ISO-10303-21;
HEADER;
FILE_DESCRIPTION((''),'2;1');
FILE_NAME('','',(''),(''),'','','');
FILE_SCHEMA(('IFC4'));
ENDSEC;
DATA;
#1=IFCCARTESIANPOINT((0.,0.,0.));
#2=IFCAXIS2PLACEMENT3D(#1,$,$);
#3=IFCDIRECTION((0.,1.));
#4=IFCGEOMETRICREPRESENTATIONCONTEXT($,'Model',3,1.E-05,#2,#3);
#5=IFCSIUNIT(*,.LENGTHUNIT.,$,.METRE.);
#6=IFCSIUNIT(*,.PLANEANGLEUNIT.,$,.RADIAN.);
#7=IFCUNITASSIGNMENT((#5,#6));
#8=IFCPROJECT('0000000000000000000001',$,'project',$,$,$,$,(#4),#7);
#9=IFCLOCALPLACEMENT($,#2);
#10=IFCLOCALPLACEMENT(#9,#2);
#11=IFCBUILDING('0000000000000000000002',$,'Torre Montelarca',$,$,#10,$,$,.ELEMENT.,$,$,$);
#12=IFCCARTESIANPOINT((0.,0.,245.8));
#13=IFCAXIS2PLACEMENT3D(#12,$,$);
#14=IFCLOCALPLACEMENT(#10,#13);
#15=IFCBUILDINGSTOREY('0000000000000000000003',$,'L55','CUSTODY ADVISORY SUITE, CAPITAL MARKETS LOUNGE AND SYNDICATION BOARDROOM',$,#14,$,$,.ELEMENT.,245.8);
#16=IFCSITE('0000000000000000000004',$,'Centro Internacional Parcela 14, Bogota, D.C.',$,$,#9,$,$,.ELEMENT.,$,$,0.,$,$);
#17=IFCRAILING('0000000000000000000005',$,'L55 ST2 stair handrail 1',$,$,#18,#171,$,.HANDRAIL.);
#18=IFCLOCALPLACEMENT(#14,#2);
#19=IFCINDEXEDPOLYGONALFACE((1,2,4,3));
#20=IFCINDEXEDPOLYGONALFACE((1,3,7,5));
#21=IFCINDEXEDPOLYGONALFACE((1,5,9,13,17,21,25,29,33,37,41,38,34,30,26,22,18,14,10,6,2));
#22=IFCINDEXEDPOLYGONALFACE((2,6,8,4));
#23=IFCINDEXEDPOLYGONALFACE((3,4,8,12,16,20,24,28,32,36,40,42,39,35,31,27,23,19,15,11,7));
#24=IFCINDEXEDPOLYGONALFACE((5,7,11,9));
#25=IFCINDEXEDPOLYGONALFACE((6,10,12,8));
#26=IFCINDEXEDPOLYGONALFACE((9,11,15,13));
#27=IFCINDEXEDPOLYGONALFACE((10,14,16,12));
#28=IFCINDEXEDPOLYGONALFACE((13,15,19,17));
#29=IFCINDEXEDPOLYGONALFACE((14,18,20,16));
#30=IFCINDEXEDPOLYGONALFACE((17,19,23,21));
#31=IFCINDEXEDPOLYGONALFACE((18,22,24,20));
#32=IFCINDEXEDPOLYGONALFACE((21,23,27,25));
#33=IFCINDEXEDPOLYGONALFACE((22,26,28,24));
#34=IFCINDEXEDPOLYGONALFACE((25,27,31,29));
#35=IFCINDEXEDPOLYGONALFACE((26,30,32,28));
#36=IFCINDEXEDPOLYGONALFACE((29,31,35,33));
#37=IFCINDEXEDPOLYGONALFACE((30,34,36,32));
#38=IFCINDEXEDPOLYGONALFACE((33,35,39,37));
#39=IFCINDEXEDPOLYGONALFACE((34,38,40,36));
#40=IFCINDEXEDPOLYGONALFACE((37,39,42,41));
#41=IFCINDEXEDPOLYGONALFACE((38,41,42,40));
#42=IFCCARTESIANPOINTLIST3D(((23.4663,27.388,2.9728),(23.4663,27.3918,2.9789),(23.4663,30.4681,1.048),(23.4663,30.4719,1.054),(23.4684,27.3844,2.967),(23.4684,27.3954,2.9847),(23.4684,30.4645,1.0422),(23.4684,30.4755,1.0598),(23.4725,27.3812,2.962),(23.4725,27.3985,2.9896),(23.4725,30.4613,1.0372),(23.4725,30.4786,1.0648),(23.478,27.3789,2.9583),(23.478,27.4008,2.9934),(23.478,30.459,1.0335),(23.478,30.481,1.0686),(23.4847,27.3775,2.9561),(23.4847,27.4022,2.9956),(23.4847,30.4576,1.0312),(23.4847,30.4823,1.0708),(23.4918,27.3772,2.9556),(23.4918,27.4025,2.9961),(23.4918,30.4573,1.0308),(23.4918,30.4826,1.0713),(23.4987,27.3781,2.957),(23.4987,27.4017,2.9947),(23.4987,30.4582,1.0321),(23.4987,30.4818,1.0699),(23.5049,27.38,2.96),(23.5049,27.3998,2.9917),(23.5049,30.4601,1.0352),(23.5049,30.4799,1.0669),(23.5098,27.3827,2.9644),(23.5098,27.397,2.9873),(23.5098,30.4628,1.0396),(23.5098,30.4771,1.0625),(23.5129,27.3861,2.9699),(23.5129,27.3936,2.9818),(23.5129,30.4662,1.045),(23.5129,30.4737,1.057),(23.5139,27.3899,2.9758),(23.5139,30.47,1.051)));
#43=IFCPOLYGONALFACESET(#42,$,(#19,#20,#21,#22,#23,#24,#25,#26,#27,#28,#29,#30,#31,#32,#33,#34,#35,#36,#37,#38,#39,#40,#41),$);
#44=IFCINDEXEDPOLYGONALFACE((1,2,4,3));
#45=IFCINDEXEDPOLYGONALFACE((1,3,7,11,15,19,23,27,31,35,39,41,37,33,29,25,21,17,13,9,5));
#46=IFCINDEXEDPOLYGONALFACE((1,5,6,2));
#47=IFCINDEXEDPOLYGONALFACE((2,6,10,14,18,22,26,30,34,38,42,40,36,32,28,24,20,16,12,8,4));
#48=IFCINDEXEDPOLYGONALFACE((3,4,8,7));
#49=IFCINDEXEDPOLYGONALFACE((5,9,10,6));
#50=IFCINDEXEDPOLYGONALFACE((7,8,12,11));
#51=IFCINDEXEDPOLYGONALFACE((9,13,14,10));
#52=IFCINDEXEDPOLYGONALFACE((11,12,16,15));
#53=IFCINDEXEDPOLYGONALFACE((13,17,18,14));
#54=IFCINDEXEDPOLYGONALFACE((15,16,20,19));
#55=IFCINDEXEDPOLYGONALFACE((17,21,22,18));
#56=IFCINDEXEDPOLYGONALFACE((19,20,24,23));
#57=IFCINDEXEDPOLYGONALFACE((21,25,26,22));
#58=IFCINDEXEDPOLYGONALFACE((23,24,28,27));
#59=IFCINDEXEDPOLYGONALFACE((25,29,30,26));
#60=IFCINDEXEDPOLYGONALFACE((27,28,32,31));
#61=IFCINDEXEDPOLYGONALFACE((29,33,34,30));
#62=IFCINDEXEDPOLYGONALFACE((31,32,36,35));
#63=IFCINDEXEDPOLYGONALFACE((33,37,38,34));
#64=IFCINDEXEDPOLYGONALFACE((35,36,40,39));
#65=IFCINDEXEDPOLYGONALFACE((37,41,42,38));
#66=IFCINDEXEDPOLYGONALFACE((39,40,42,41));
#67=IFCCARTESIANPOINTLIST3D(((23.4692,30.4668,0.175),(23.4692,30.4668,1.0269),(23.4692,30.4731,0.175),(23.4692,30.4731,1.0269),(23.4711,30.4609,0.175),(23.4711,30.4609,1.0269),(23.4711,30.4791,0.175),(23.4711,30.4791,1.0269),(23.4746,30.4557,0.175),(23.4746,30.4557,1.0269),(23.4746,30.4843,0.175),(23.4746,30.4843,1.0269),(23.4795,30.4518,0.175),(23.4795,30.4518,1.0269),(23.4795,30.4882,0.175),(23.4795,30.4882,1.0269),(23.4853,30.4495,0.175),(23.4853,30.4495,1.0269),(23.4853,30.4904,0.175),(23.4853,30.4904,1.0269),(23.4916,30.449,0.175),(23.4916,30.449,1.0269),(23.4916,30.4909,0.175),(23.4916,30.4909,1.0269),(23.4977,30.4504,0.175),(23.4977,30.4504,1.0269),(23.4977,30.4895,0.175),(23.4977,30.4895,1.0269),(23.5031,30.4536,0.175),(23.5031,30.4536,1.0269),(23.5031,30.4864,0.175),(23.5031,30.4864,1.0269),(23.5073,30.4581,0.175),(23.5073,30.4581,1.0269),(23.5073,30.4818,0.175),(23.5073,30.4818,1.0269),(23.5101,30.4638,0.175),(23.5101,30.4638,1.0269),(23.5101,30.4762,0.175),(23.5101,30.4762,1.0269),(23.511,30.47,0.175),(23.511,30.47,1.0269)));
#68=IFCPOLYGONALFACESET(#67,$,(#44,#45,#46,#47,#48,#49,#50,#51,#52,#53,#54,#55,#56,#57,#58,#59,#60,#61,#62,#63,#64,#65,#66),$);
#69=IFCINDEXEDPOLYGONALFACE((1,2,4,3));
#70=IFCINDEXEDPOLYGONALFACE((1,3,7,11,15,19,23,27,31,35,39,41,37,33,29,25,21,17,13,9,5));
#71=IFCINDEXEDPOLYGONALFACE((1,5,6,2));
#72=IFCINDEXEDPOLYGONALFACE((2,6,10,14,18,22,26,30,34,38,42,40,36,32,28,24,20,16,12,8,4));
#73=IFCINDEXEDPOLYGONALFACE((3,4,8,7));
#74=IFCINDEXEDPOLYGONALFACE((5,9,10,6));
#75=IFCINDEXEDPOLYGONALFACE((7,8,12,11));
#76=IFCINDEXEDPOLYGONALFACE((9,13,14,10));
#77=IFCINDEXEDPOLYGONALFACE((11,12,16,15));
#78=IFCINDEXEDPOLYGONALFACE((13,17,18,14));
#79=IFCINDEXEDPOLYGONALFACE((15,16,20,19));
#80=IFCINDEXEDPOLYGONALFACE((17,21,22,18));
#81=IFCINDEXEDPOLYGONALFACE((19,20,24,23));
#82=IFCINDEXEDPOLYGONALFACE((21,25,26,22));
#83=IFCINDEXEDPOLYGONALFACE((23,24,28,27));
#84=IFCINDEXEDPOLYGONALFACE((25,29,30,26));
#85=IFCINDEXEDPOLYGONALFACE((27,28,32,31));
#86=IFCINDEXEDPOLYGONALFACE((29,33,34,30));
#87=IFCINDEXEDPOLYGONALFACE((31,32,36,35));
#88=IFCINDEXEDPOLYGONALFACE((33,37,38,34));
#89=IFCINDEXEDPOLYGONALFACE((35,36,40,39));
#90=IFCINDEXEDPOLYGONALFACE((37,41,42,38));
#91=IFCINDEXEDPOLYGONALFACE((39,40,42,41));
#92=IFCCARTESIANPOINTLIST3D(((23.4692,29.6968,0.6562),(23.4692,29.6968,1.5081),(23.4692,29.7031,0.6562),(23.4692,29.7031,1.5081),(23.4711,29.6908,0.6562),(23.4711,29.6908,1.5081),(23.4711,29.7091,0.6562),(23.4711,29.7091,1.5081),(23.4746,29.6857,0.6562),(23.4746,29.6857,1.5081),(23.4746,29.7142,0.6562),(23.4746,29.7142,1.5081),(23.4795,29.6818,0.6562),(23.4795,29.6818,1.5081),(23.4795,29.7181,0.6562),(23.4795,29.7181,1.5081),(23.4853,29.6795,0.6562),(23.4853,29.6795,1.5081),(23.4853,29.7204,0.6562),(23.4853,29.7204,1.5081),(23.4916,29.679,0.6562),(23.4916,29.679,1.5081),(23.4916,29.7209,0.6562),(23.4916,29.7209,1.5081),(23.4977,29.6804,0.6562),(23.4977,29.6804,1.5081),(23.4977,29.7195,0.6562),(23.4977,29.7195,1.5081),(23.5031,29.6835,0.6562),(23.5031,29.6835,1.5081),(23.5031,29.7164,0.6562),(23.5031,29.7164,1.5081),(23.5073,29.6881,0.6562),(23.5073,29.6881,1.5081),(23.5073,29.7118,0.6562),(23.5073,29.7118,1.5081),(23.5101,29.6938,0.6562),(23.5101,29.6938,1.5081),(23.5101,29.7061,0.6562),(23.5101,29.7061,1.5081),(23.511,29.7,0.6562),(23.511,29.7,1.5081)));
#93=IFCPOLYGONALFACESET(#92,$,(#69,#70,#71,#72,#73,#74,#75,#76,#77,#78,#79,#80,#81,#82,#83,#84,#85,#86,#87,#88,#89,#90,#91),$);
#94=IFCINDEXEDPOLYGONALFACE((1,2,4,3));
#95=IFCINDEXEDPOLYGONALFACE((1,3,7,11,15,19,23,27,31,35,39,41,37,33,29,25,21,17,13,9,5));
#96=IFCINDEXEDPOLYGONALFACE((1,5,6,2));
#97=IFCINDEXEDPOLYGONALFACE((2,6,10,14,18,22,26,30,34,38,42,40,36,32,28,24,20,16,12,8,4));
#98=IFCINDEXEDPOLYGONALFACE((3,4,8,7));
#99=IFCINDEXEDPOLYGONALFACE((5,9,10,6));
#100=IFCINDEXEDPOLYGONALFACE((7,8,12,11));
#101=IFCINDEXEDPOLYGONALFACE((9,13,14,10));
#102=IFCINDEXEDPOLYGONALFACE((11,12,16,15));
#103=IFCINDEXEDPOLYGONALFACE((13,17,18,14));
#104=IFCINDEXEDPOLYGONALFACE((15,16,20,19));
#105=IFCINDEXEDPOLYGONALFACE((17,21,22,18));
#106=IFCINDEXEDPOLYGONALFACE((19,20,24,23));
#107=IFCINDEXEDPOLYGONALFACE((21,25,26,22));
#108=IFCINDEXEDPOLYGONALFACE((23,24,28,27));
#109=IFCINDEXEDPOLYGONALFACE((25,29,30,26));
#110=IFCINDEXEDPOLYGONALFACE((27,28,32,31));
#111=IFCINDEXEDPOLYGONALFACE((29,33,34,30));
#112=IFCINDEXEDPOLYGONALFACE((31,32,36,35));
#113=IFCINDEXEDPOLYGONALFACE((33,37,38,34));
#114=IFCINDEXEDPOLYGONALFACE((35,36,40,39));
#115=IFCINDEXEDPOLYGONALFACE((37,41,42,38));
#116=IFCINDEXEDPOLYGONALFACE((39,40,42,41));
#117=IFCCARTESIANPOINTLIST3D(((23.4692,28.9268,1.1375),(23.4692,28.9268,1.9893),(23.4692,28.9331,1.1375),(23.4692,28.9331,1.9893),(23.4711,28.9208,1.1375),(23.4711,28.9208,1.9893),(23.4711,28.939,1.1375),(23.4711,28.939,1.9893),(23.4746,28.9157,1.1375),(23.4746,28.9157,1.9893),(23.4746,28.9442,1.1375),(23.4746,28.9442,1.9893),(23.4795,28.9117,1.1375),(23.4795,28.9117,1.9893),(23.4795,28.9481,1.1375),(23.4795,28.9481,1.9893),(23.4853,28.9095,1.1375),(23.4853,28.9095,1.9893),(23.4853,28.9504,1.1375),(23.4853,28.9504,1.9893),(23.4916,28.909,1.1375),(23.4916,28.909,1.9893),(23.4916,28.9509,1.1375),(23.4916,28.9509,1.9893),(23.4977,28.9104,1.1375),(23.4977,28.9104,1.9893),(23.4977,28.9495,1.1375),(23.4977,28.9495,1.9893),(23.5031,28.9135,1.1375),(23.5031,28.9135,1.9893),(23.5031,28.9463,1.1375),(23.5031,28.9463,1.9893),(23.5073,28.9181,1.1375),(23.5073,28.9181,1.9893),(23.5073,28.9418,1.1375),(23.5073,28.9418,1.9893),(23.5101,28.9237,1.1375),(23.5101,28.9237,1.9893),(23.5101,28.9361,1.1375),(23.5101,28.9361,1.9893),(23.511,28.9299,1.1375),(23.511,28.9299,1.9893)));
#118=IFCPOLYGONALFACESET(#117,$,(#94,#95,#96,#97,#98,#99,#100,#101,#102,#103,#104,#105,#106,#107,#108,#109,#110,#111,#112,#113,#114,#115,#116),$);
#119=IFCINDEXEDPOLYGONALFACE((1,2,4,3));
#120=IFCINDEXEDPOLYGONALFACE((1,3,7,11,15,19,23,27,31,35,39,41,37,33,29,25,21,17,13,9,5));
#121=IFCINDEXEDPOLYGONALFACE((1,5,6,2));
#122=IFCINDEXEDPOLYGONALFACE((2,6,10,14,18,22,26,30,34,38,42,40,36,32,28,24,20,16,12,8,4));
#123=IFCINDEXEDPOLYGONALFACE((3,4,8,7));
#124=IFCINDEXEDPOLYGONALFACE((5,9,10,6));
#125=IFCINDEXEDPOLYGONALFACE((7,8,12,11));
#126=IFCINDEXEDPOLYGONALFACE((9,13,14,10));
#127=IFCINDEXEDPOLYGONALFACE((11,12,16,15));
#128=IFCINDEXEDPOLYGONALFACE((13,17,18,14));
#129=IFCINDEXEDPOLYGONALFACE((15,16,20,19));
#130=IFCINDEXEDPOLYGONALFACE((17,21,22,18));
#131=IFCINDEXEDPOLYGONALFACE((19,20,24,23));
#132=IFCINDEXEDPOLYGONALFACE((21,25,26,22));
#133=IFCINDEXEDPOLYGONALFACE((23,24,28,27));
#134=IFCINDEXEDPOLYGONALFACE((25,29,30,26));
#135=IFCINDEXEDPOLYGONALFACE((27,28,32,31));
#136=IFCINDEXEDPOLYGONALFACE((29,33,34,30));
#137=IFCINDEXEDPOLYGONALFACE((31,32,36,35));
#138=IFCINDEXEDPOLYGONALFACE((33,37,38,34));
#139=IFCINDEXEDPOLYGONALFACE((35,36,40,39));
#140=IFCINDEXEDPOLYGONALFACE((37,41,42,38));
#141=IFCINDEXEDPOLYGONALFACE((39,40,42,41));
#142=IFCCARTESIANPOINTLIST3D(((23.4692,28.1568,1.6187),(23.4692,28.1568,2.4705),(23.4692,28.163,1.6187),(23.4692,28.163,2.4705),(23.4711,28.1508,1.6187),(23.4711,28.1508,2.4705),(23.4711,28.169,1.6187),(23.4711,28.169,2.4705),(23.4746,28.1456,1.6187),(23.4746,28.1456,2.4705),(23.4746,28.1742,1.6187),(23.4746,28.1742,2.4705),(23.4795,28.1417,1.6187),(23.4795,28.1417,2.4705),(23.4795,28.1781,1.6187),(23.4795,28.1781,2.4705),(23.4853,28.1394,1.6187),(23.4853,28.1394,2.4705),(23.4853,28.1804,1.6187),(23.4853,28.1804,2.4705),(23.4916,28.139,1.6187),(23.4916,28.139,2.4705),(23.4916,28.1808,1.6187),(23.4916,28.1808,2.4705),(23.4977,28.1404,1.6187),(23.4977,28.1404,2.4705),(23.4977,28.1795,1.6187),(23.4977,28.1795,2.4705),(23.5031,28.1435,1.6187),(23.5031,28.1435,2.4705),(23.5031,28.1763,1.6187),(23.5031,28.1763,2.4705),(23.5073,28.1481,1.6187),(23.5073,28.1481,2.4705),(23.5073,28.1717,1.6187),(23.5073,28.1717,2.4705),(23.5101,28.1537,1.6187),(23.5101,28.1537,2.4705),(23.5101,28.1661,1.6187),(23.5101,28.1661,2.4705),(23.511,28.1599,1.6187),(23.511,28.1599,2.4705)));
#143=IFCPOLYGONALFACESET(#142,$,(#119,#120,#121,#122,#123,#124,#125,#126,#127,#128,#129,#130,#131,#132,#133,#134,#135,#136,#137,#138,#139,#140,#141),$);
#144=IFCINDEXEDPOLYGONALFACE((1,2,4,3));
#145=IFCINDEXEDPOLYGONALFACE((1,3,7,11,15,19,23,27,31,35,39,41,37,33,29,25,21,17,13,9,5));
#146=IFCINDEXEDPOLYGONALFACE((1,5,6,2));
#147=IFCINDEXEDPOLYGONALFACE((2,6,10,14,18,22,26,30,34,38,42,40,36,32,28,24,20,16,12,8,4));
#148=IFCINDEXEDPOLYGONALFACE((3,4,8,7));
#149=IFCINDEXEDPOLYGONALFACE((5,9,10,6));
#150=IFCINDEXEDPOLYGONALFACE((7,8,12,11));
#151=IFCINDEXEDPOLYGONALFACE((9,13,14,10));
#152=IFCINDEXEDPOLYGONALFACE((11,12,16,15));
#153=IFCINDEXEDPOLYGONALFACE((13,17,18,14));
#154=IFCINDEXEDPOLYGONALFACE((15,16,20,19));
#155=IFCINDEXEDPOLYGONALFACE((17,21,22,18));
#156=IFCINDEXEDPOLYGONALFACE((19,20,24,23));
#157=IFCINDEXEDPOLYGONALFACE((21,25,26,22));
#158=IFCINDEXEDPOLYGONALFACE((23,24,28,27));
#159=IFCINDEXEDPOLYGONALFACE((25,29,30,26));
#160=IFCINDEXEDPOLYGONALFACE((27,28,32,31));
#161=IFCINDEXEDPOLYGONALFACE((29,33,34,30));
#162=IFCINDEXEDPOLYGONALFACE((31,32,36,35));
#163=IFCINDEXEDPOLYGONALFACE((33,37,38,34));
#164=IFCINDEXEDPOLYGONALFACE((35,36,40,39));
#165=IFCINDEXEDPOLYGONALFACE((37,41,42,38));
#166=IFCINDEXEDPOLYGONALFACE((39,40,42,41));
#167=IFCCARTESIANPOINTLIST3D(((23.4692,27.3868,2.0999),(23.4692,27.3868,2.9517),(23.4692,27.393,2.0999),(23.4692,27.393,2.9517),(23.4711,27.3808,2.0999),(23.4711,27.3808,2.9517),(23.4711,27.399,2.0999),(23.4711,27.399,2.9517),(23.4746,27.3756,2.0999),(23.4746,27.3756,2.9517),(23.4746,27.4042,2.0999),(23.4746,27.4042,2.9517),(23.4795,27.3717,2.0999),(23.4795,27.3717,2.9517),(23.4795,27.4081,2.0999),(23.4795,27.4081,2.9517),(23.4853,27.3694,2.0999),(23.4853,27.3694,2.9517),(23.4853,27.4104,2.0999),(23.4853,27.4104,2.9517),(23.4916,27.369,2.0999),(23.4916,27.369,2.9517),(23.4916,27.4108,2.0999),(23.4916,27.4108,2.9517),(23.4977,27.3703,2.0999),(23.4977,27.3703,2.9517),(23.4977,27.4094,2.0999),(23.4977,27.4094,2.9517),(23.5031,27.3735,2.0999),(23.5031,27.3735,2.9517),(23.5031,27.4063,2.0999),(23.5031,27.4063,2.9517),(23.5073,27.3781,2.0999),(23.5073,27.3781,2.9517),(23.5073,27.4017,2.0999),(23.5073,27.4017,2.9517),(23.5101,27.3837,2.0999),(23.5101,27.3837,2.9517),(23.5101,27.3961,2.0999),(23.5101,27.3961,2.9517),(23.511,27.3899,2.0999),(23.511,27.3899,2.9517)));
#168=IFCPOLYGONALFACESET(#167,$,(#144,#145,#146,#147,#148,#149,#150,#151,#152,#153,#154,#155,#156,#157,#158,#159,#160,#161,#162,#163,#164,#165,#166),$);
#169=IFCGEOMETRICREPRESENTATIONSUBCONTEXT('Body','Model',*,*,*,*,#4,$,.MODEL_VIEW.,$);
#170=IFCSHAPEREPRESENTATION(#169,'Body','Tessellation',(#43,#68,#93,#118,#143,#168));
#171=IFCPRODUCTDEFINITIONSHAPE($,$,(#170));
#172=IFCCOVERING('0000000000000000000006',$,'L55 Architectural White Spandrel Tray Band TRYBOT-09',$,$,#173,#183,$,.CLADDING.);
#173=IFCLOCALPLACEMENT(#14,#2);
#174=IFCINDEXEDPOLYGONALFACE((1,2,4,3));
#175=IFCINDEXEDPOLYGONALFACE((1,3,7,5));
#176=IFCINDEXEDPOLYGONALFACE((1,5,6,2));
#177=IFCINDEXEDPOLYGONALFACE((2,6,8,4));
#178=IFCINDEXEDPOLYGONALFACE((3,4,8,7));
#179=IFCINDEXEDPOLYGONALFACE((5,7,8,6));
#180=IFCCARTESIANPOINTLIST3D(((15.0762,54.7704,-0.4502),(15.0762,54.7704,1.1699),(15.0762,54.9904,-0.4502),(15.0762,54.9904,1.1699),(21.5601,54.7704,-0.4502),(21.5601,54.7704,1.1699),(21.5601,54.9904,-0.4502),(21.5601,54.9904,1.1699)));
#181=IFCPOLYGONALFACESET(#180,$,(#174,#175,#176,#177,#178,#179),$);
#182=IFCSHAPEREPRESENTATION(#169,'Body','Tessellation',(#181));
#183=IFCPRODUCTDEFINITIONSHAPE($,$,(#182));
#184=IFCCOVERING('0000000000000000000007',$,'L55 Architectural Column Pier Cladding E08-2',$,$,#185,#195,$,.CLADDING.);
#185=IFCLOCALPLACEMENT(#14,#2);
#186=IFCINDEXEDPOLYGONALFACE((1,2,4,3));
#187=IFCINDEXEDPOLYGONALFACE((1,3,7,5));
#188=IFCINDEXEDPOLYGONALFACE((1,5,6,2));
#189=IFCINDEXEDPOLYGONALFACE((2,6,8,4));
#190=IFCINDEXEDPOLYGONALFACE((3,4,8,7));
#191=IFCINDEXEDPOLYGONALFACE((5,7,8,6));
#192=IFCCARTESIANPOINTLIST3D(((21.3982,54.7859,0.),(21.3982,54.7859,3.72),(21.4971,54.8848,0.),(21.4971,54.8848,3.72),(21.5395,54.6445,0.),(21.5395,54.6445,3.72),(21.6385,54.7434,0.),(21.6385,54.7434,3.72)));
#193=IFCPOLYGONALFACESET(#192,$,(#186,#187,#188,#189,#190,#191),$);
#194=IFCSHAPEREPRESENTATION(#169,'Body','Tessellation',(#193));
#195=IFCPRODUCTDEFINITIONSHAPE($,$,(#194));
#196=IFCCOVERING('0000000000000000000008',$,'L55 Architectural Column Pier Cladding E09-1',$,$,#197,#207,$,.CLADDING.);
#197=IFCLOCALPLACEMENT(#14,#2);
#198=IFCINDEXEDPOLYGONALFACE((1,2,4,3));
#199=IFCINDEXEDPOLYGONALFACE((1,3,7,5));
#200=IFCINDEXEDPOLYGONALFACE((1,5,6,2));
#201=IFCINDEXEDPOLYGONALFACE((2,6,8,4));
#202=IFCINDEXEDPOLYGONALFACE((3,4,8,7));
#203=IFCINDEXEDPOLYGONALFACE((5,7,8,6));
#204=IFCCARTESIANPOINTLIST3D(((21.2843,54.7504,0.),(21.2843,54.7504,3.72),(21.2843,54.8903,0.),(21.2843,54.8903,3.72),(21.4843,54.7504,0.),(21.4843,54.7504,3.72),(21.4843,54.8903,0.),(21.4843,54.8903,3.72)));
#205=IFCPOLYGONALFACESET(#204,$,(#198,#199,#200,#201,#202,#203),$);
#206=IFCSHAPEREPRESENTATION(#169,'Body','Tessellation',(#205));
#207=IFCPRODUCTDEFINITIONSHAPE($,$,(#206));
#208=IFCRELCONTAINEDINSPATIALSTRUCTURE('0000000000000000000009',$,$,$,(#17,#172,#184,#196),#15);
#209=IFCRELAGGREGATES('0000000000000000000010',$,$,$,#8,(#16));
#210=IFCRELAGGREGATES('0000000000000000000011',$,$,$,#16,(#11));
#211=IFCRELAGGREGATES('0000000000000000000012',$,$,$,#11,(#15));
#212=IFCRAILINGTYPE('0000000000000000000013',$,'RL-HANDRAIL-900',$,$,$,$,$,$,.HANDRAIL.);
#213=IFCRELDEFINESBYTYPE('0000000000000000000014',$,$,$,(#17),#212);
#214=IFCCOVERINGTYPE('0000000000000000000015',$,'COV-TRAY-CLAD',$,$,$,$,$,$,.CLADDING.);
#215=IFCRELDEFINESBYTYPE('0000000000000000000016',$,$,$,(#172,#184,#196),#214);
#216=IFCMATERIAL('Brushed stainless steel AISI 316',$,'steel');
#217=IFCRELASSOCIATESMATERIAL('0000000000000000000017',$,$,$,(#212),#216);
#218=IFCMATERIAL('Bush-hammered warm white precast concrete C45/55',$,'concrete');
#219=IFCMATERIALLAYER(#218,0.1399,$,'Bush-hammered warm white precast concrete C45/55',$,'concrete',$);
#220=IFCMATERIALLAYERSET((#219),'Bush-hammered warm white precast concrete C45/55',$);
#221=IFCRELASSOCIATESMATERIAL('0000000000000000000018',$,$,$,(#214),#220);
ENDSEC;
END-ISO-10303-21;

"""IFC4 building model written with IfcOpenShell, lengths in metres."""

from ifc_helpers import new_model, si_unit, direction, frame, origin, origin_2d, place, context, subcontext, project, spatial, rectangle, circle, extrude, source, transform, mapped, material, layer, layer_set, type_object, element, save


model = new_model("IFC4")

# Units and contexts
model_context = context("Model", 3, precision=1e-05, world=origin(), true_north=direction((0.0, 1.0)))
body_context = subcontext(model_context, "Body", "Model", "MODEL_VIEW")
ifc_project = project(units=[si_unit("LENGTHUNIT", "METRE"), si_unit("PLANEANGLEUNIT", "RADIAN")], contexts=[model_context])

# Site, building, storey
site_placement = place(None, origin())
site = spatial("IfcSite", under=ifc_project, at=site_placement, Name="Centro Internacional Parcela 14, Bogota, D.C.", CompositionType="ELEMENT", RefElevation=0.0)
building_placement = place(site_placement, origin())
building = spatial("IfcBuilding", under=site, at=building_placement, Name="Torre Montelarca", CompositionType="ELEMENT")
storey_placement = place(building_placement, frame((0.0, 0.0, 245.8)))
storey = spatial("IfcBuildingStorey", under=building, at=storey_placement, Name="L55", Description="CUSTODY ADVISORY SUITE, CAPITAL MARKETS LOUNGE AND SYNDICATION BOARDROOM", CompositionType="ELEMENT", Elevation=245.8)

# Shared definitions
ifc_material_1 = material(Name="Brushed stainless steel AISI 316", Category="steel")

# Railing
railing_type = type_object("IfcRailingType", Name="RL-HANDRAIL-900", PredefinedType="HANDRAIL", material=ifc_material_1)
railing_placement = place(storey_placement, frame((23.49, 30.47, 0.175)))
element("IfcRailing", 1, at=railing_placement, inside=storey, type_object=railing_type, Name="L55 ST2 stair handrail 1", PredefinedType="HANDRAIL", context=body_context, shape_type="SweptSolid", body=[
    extrude(circle(Radius=0.0239, at=origin_2d()), frame((0.0, 0.0, 0.876), z_axis=(0.0, -0.848029, 0.529951), x_axis=(1.0, 0.0, 0.0)), (0.0, 0.0, 1.0), 3.6321),
    extrude(circle(Radius=0.021, at=origin_2d()), origin(), (0.0, 0.0, 1.0), 0.8518),
    extrude(circle(Radius=0.021, at=origin_2d()), frame((0.0, -0.77, 0.4812)), (0.0, 0.0, 1.0), 0.8518),
    extrude(circle(Radius=0.021, at=origin_2d()), frame((0.0, -1.54, 0.9624)), (0.0, 0.0, 1.0), 0.8518),
    extrude(circle(Radius=0.021, at=origin_2d()), frame((0.0, -2.3101, 1.4436)), (0.0, 0.0, 1.0), 0.8518),
    extrude(circle(Radius=0.021, at=origin_2d()), frame((0.0, -3.0801, 1.9248)), (0.0, 0.0, 1.0), 0.8518),
])

# Coverings
ifc_material_2 = material(Name="Bush-hammered warm white precast concrete C45/55", Category="concrete")
ifc_layer_1 = layer(ifc_material_2, 0.1399, Name="Bush-hammered warm white precast concrete C45/55", Category="concrete")
ifc_layer_set_1 = layer_set([ifc_layer_1], Name="Bush-hammered warm white precast concrete C45/55")
covering_type = type_object("IfcCoveringType", Name="COV-TRAY-CLAD", PredefinedType="CLADDING", material=ifc_layer_set_1)
shared_shape_1 = source(origin(), body_context, "Body", "SweptSolid", [
    extrude(rectangle(XDim=6.4839, YDim=0.22, at=origin_2d()), origin(), (0.0, 0.0, 1.0), 1.6201),
])
covering_placement = place(storey_placement, frame((18.3181, 54.8804, -0.4502), z_axis=(0.0, 0.0, 1.0), x_axis=(-1.0, 0.0, 0.0)))
element("IfcCovering", 2, at=covering_placement, inside=storey, type_object=covering_type, Name="L55 Architectural White Spandrel Tray Band TRYBOT-09", PredefinedType="CLADDING", context=body_context, shape_type="MappedRepresentation", body=[
    mapped(shared_shape_1, transform((0.0, 0.0, 0.0), scale=1.0)),
])
shared_shape_2 = source(origin(), body_context, "Body", "SweptSolid", [
    extrude(rectangle(XDim=0.2, YDim=0.1399, at=origin_2d()), origin(), (0.0, 0.0, 1.0), 3.72),
])
for number, where, z_axis, x_axis, name in (
    (3, (21.5183, 54.7646, 0.0), (0.0, 0.0, 1.0), (-0.707106, 0.707108, 0.0), "L55 Architectural Column Pier Cladding E08-2"),
    (4, (21.3843, 54.8203, 0.0), (0.0, 0.0, 1.0), (-1.0, 0.0, 0.0), "L55 Architectural Column Pier Cladding E09-1"),
):
    element("IfcCovering", number, at=place(storey_placement, frame(where, z_axis=z_axis, x_axis=x_axis)), inside=storey, type_object=covering_type, Name=name, PredefinedType="CLADDING", context=body_context, shape_type="MappedRepresentation", body=[
        mapped(shared_shape_2, transform((0.0, 0.0, 0.0), scale=1.0)),
    ])

save(model, "model.ifc")
